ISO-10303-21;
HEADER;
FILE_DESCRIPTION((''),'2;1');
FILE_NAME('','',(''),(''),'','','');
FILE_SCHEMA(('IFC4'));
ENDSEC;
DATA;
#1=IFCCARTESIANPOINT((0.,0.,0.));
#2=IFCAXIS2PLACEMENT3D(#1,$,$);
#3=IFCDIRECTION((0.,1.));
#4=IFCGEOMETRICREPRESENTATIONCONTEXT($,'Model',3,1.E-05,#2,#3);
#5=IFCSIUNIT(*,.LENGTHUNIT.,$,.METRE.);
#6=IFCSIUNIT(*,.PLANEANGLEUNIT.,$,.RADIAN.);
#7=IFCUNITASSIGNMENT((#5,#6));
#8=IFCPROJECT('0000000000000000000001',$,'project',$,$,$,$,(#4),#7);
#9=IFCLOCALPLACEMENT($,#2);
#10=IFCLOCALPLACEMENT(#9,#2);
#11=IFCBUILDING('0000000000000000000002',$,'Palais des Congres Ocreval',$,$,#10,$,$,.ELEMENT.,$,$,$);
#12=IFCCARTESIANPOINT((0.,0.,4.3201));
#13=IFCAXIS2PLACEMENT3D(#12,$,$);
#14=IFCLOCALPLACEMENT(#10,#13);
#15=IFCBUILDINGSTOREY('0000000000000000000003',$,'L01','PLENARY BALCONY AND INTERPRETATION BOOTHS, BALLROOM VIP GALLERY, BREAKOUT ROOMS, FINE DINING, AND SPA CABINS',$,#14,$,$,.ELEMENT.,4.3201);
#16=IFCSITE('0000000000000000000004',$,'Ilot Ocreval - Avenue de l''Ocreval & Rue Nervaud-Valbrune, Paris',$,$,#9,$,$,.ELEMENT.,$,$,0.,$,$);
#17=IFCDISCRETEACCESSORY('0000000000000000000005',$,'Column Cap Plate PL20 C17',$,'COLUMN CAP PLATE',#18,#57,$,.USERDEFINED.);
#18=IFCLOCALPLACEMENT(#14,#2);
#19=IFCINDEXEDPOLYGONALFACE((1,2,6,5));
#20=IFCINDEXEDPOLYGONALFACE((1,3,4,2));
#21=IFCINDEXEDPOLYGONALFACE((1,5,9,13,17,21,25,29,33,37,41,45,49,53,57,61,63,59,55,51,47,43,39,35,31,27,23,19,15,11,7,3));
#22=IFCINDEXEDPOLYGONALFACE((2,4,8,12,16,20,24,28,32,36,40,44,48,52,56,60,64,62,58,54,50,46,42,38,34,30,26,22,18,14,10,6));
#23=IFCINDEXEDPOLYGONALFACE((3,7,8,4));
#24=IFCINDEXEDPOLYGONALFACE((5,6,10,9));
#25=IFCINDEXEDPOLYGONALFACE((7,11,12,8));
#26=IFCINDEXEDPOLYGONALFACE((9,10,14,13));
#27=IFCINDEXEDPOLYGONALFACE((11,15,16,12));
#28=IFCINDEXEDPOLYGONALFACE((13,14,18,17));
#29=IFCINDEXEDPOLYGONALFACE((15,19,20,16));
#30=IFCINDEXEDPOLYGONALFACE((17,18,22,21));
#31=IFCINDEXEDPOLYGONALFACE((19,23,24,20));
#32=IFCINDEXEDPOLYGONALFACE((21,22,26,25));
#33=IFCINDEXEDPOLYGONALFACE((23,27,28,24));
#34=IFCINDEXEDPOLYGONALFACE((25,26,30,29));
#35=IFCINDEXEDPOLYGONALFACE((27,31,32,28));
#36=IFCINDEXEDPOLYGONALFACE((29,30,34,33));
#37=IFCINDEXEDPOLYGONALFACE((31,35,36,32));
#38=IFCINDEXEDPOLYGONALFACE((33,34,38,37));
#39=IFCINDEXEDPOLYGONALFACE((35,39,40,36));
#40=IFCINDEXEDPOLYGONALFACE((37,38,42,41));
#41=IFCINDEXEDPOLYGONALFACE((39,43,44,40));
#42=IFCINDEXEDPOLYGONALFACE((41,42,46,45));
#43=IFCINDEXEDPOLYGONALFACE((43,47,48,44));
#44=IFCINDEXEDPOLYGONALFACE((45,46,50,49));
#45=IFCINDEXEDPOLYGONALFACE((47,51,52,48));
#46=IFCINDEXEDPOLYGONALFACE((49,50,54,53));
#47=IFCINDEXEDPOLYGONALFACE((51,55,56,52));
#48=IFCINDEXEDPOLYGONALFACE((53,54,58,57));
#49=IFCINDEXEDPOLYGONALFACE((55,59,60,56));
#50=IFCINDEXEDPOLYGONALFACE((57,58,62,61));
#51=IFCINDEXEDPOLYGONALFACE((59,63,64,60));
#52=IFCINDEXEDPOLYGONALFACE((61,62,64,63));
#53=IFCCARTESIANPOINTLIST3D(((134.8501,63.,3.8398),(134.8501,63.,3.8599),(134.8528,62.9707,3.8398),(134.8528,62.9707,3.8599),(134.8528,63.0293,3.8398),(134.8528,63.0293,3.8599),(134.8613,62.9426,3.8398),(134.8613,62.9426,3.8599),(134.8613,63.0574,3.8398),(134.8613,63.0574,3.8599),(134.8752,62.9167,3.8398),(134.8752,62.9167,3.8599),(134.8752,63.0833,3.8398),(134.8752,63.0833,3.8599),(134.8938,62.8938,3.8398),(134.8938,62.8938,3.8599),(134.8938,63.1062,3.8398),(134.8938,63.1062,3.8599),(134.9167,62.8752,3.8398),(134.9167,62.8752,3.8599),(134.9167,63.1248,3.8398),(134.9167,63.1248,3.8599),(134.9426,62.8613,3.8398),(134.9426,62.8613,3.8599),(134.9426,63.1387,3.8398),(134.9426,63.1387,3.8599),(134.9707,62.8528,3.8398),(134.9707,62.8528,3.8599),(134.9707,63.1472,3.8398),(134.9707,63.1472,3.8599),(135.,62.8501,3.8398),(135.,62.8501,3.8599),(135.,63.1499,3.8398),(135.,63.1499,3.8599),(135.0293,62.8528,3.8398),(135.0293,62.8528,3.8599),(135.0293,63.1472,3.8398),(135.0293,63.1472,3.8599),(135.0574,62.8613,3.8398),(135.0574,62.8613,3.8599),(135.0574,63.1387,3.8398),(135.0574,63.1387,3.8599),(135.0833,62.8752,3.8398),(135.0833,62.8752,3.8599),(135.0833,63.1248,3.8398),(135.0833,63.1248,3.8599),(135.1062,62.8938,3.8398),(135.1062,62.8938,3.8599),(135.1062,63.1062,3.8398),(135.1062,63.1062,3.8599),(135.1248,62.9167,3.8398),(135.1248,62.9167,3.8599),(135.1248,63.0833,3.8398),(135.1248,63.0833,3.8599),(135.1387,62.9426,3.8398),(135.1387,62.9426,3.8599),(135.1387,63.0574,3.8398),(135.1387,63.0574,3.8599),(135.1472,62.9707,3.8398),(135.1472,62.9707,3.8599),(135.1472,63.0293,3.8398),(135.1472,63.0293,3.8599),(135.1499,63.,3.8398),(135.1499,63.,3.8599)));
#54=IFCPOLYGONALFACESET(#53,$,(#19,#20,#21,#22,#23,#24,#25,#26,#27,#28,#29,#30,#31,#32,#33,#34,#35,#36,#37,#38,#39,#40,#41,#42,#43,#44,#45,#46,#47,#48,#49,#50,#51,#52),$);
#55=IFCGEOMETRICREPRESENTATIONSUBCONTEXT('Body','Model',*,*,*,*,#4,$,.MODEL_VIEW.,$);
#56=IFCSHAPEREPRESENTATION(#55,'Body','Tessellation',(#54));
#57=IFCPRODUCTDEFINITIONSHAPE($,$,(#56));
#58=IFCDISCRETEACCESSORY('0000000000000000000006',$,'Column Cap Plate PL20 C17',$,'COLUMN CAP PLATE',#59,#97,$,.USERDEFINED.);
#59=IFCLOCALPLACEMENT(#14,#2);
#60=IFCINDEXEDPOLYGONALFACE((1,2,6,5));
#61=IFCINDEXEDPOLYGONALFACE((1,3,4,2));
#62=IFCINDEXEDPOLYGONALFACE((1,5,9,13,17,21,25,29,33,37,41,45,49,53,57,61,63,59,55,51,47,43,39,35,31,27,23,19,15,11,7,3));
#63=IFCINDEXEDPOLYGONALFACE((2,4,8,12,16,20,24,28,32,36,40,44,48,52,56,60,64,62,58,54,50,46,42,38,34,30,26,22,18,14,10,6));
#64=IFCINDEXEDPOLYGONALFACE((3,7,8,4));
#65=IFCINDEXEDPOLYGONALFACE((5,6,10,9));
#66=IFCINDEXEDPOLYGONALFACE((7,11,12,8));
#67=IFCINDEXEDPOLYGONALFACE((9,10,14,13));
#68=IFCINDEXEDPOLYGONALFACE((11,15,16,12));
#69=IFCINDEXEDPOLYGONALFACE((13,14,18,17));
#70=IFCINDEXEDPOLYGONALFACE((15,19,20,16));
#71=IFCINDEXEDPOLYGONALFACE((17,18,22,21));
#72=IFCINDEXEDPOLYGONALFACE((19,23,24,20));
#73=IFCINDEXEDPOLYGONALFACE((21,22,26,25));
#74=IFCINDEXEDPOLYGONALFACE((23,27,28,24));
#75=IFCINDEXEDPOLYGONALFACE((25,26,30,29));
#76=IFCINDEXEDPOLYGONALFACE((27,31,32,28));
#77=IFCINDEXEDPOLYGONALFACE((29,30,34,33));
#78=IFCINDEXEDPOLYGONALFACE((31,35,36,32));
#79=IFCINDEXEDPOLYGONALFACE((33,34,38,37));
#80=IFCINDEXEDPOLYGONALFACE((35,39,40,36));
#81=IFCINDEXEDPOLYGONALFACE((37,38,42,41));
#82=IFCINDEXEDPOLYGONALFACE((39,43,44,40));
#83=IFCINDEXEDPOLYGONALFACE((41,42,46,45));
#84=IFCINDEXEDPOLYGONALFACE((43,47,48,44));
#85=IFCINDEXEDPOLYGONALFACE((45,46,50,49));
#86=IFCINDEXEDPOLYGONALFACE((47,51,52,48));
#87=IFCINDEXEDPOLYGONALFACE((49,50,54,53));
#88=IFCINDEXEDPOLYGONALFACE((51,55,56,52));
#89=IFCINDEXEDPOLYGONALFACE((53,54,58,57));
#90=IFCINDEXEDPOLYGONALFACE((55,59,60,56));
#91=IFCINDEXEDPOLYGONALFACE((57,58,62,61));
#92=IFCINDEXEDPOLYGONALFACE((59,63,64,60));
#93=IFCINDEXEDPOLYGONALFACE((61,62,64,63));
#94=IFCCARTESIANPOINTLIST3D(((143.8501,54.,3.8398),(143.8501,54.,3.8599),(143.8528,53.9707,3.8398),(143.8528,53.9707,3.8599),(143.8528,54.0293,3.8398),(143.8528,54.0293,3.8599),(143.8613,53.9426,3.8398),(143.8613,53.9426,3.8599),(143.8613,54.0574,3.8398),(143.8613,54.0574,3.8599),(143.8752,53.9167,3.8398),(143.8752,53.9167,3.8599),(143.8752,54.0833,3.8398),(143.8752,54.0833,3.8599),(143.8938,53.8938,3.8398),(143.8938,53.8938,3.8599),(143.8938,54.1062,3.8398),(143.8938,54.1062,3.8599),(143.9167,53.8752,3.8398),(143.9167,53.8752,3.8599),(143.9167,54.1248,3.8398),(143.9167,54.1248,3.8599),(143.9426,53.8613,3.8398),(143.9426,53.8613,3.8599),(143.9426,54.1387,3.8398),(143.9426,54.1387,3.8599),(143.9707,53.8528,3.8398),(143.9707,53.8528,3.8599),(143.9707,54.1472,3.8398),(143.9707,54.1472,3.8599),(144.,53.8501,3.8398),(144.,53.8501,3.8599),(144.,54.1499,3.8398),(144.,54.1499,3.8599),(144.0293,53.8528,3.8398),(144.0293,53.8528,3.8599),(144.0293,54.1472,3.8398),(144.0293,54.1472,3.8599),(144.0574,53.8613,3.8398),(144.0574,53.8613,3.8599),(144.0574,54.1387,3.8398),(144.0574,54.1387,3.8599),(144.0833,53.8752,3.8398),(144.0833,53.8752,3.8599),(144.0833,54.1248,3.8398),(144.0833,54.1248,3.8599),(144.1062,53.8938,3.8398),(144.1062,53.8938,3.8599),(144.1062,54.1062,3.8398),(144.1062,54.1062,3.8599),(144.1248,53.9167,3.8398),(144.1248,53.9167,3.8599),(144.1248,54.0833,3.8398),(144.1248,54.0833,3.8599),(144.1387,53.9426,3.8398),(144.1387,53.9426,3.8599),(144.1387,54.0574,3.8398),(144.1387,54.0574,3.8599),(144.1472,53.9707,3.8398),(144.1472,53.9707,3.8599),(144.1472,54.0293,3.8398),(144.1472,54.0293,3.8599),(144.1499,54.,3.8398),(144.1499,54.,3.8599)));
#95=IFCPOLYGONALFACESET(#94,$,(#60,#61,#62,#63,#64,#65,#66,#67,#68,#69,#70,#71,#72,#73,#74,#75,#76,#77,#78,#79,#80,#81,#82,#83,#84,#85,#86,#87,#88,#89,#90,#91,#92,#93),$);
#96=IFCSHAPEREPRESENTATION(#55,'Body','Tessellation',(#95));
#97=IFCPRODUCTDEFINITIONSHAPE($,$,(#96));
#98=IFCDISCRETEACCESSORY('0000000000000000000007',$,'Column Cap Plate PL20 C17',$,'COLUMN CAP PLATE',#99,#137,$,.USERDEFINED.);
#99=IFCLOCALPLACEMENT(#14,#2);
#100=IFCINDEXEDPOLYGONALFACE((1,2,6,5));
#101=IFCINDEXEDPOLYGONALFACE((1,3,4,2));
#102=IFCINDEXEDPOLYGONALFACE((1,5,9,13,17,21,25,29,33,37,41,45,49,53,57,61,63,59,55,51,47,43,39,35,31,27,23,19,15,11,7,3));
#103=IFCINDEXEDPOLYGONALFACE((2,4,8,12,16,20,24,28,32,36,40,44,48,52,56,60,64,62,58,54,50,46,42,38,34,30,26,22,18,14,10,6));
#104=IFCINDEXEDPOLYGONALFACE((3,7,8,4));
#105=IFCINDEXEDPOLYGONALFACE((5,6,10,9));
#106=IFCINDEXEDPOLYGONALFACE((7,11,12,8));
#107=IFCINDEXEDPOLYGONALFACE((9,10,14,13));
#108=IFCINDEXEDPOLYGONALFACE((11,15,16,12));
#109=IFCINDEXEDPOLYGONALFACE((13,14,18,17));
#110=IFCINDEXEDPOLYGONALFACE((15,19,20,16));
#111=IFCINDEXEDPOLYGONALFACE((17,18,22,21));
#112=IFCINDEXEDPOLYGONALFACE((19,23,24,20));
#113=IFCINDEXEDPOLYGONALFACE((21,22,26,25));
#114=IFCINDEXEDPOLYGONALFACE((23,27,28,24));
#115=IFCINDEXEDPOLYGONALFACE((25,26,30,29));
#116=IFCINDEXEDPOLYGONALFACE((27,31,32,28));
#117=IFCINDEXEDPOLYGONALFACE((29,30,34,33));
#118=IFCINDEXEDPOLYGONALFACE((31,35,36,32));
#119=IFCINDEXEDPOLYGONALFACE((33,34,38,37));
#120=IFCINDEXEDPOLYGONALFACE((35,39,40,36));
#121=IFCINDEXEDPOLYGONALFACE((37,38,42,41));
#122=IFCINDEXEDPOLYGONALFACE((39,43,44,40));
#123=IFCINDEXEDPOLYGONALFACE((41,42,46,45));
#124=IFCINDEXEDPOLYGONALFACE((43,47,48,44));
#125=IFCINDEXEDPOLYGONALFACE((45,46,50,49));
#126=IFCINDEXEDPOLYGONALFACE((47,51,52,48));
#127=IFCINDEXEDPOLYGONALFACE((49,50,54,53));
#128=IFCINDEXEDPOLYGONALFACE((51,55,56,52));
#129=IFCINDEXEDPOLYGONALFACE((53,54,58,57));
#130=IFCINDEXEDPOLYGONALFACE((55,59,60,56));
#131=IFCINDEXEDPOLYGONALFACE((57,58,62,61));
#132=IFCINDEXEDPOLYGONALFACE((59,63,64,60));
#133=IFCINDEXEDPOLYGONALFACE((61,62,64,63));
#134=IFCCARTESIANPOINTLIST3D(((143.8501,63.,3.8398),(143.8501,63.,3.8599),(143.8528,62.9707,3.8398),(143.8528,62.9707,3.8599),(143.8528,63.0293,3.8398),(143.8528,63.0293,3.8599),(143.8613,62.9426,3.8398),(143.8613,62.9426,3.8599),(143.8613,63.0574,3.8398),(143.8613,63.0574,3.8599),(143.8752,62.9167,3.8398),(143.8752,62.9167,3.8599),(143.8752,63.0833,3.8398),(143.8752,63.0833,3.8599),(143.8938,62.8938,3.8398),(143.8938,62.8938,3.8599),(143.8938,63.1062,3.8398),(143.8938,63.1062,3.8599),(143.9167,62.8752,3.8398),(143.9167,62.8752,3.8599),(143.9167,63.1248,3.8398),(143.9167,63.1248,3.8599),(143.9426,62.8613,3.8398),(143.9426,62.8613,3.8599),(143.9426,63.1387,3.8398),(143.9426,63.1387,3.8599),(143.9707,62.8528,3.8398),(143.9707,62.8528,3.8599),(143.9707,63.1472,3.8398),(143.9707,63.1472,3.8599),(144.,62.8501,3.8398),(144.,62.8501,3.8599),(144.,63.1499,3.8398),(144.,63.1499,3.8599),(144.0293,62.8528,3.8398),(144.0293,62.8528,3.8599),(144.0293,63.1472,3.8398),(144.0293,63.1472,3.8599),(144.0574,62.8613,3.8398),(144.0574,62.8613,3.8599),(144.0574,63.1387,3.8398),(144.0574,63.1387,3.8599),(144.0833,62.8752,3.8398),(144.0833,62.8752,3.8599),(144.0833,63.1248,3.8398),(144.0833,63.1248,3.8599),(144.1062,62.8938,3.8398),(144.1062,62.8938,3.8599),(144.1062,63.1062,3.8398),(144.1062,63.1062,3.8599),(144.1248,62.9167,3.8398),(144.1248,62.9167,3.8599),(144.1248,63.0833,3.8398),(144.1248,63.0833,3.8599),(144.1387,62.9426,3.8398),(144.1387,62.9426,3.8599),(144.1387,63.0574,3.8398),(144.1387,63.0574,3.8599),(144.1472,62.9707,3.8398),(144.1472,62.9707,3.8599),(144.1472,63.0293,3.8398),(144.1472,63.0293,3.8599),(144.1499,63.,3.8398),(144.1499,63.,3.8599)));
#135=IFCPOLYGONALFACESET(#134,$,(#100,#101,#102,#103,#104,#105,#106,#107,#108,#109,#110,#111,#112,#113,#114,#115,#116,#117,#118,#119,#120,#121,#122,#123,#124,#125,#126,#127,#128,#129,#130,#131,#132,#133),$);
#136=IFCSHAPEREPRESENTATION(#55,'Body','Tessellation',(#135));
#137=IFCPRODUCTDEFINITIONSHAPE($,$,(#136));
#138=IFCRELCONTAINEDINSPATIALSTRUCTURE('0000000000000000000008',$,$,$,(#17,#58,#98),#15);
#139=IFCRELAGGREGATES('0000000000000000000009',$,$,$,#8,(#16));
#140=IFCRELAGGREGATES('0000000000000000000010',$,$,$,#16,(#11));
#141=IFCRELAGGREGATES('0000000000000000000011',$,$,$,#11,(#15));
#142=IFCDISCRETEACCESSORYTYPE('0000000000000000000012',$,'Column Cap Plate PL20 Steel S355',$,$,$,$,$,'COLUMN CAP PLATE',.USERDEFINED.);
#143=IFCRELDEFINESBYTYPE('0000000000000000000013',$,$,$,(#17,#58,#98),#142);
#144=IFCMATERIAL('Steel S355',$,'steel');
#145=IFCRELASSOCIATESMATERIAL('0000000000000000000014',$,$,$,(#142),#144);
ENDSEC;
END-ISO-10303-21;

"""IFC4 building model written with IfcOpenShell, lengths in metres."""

from ifc_helpers import new_model, si_unit, direction, frame, origin, place, context, subcontext, project, spatial, polyline, outline, extrude, material, type_object, element, save


model = new_model("IFC4")

# Units and contexts
model_context = context("Model", 3, precision=1e-05, world=origin(), true_north=direction((0.0, 1.0)))
body_context = subcontext(model_context, "Body", "Model", "MODEL_VIEW")
ifc_project = project(units=[si_unit("LENGTHUNIT", "METRE"), si_unit("PLANEANGLEUNIT", "RADIAN")], contexts=[model_context])

# Site, building, storey
site_placement = place(None, origin())
site = spatial("IfcSite", under=ifc_project, at=site_placement, Name="Ilot Ocreval - Avenue de l'Ocreval & Rue Nervaud-Valbrune, Paris", CompositionType="ELEMENT", RefElevation=0.0)
building_placement = place(site_placement, origin())
building = spatial("IfcBuilding", under=site, at=building_placement, Name="Palais des Congres Ocreval", CompositionType="ELEMENT")
storey_placement = place(building_placement, frame((0.0, 0.0, 4.3201)))
storey = spatial("IfcBuildingStorey", under=building, at=storey_placement, Name="L01", Description="PLENARY BALCONY AND INTERPRETATION BOOTHS, BALLROOM VIP GALLERY, BREAKOUT ROOMS, FINE DINING, AND SPA CABINS", CompositionType="ELEMENT", Elevation=4.3201)

# Shared definitions
ifc_material_1 = material(Name="Steel S355", Category="steel")

# Discrete accessories
discrete_accessory_type = type_object("IfcDiscreteAccessoryType", Name="Column Cap Plate PL20 Steel S355", ElementType="COLUMN CAP PLATE", PredefinedType="USERDEFINED", material=ifc_material_1)
discrete_accessory_1_placement = place(storey_placement, frame((0.0, 0.0, 3.8398)))
element("IfcDiscreteAccessory", 1, at=discrete_accessory_1_placement, inside=storey, type_object=discrete_accessory_type, Name="Column Cap Plate PL20 C17", ObjectType="COLUMN CAP PLATE", PredefinedType="USERDEFINED", context=body_context, shape_type="SweptSolid", body=[
    extrude(outline(polyline([(135.1499, 63.0), (135.1472, 63.0293), (135.1387, 63.0574), (135.1248, 63.0833), (135.1062, 63.1062), (135.0833, 63.1248), (135.0574, 63.1387), (135.0293, 63.1472), (135.0, 63.1499), (134.9707, 63.1472), (134.9426, 63.1387), (134.9167, 63.1248), (134.8938, 63.1062), (134.8752, 63.0833), (134.8613, 63.0574), (134.8528, 63.0293), (134.8501, 63.0), (134.8528, 62.9707), (134.8613, 62.9426), (134.8752, 62.9167), (134.8938, 62.8938), (134.9167, 62.8752), (134.9426, 62.8613), (134.9707, 62.8528), (135.0, 62.8501), (135.0293, 62.8528), (135.0574, 62.8613), (135.0833, 62.8752), (135.1062, 62.8938), (135.1248, 62.9167), (135.1387, 62.9426), (135.1472, 62.9707), (135.1499, 63.0)])), origin(), (0.0, 0.0, 1.0), 0.02),
])
discrete_accessory_2_placement = place(storey_placement, frame((0.0, 0.0, 3.8398)))
element("IfcDiscreteAccessory", 2, at=discrete_accessory_2_placement, inside=storey, type_object=discrete_accessory_type, Name="Column Cap Plate PL20 C17", ObjectType="COLUMN CAP PLATE", PredefinedType="USERDEFINED", context=body_context, shape_type="SweptSolid", body=[
    extrude(outline(polyline([(144.1499, 54.0), (144.1472, 54.0293), (144.1387, 54.0574), (144.1248, 54.0833), (144.1062, 54.1062), (144.0833, 54.1248), (144.0574, 54.1387), (144.0293, 54.1472), (144.0, 54.1499), (143.9707, 54.1472), (143.9426, 54.1387), (143.9167, 54.1248), (143.8938, 54.1062), (143.8752, 54.0833), (143.8613, 54.0574), (143.8528, 54.0293), (143.8501, 54.0), (143.8528, 53.9707), (143.8613, 53.9426), (143.8752, 53.9167), (143.8938, 53.8938), (143.9167, 53.8752), (143.9426, 53.8613), (143.9707, 53.8528), (144.0, 53.8501), (144.0293, 53.8528), (144.0574, 53.8613), (144.0833, 53.8752), (144.1062, 53.8938), (144.1248, 53.9167), (144.1387, 53.9426), (144.1472, 53.9707), (144.1499, 54.0)])), origin(), (0.0, 0.0, 1.0), 0.02),
])
discrete_accessory_3_placement = place(storey_placement, frame((0.0, 0.0, 3.8398)))
element("IfcDiscreteAccessory", 3, at=discrete_accessory_3_placement, inside=storey, type_object=discrete_accessory_type, Name="Column Cap Plate PL20 C17", ObjectType="COLUMN CAP PLATE", PredefinedType="USERDEFINED", context=body_context, shape_type="SweptSolid", body=[
    extrude(outline(polyline([(144.1499, 63.0), (144.1472, 63.0293), (144.1387, 63.0574), (144.1248, 63.0833), (144.1062, 63.1062), (144.0833, 63.1248), (144.0574, 63.1387), (144.0293, 63.1472), (144.0, 63.1499), (143.9707, 63.1472), (143.9426, 63.1387), (143.9167, 63.1248), (143.8938, 63.1062), (143.8752, 63.0833), (143.8613, 63.0574), (143.8528, 63.0293), (143.8501, 63.0), (143.8528, 62.9707), (143.8613, 62.9426), (143.8752, 62.9167), (143.8938, 62.8938), (143.9167, 62.8752), (143.9426, 62.8613), (143.9707, 62.8528), (144.0, 62.8501), (144.0293, 62.8528), (144.0574, 62.8613), (144.0833, 62.8752), (144.1062, 62.8938), (144.1248, 62.9167), (144.1387, 62.9426), (144.1472, 62.9707), (144.1499, 63.0)])), origin(), (0.0, 0.0, 1.0), 0.02),
])

save(model, "model.ifc")
